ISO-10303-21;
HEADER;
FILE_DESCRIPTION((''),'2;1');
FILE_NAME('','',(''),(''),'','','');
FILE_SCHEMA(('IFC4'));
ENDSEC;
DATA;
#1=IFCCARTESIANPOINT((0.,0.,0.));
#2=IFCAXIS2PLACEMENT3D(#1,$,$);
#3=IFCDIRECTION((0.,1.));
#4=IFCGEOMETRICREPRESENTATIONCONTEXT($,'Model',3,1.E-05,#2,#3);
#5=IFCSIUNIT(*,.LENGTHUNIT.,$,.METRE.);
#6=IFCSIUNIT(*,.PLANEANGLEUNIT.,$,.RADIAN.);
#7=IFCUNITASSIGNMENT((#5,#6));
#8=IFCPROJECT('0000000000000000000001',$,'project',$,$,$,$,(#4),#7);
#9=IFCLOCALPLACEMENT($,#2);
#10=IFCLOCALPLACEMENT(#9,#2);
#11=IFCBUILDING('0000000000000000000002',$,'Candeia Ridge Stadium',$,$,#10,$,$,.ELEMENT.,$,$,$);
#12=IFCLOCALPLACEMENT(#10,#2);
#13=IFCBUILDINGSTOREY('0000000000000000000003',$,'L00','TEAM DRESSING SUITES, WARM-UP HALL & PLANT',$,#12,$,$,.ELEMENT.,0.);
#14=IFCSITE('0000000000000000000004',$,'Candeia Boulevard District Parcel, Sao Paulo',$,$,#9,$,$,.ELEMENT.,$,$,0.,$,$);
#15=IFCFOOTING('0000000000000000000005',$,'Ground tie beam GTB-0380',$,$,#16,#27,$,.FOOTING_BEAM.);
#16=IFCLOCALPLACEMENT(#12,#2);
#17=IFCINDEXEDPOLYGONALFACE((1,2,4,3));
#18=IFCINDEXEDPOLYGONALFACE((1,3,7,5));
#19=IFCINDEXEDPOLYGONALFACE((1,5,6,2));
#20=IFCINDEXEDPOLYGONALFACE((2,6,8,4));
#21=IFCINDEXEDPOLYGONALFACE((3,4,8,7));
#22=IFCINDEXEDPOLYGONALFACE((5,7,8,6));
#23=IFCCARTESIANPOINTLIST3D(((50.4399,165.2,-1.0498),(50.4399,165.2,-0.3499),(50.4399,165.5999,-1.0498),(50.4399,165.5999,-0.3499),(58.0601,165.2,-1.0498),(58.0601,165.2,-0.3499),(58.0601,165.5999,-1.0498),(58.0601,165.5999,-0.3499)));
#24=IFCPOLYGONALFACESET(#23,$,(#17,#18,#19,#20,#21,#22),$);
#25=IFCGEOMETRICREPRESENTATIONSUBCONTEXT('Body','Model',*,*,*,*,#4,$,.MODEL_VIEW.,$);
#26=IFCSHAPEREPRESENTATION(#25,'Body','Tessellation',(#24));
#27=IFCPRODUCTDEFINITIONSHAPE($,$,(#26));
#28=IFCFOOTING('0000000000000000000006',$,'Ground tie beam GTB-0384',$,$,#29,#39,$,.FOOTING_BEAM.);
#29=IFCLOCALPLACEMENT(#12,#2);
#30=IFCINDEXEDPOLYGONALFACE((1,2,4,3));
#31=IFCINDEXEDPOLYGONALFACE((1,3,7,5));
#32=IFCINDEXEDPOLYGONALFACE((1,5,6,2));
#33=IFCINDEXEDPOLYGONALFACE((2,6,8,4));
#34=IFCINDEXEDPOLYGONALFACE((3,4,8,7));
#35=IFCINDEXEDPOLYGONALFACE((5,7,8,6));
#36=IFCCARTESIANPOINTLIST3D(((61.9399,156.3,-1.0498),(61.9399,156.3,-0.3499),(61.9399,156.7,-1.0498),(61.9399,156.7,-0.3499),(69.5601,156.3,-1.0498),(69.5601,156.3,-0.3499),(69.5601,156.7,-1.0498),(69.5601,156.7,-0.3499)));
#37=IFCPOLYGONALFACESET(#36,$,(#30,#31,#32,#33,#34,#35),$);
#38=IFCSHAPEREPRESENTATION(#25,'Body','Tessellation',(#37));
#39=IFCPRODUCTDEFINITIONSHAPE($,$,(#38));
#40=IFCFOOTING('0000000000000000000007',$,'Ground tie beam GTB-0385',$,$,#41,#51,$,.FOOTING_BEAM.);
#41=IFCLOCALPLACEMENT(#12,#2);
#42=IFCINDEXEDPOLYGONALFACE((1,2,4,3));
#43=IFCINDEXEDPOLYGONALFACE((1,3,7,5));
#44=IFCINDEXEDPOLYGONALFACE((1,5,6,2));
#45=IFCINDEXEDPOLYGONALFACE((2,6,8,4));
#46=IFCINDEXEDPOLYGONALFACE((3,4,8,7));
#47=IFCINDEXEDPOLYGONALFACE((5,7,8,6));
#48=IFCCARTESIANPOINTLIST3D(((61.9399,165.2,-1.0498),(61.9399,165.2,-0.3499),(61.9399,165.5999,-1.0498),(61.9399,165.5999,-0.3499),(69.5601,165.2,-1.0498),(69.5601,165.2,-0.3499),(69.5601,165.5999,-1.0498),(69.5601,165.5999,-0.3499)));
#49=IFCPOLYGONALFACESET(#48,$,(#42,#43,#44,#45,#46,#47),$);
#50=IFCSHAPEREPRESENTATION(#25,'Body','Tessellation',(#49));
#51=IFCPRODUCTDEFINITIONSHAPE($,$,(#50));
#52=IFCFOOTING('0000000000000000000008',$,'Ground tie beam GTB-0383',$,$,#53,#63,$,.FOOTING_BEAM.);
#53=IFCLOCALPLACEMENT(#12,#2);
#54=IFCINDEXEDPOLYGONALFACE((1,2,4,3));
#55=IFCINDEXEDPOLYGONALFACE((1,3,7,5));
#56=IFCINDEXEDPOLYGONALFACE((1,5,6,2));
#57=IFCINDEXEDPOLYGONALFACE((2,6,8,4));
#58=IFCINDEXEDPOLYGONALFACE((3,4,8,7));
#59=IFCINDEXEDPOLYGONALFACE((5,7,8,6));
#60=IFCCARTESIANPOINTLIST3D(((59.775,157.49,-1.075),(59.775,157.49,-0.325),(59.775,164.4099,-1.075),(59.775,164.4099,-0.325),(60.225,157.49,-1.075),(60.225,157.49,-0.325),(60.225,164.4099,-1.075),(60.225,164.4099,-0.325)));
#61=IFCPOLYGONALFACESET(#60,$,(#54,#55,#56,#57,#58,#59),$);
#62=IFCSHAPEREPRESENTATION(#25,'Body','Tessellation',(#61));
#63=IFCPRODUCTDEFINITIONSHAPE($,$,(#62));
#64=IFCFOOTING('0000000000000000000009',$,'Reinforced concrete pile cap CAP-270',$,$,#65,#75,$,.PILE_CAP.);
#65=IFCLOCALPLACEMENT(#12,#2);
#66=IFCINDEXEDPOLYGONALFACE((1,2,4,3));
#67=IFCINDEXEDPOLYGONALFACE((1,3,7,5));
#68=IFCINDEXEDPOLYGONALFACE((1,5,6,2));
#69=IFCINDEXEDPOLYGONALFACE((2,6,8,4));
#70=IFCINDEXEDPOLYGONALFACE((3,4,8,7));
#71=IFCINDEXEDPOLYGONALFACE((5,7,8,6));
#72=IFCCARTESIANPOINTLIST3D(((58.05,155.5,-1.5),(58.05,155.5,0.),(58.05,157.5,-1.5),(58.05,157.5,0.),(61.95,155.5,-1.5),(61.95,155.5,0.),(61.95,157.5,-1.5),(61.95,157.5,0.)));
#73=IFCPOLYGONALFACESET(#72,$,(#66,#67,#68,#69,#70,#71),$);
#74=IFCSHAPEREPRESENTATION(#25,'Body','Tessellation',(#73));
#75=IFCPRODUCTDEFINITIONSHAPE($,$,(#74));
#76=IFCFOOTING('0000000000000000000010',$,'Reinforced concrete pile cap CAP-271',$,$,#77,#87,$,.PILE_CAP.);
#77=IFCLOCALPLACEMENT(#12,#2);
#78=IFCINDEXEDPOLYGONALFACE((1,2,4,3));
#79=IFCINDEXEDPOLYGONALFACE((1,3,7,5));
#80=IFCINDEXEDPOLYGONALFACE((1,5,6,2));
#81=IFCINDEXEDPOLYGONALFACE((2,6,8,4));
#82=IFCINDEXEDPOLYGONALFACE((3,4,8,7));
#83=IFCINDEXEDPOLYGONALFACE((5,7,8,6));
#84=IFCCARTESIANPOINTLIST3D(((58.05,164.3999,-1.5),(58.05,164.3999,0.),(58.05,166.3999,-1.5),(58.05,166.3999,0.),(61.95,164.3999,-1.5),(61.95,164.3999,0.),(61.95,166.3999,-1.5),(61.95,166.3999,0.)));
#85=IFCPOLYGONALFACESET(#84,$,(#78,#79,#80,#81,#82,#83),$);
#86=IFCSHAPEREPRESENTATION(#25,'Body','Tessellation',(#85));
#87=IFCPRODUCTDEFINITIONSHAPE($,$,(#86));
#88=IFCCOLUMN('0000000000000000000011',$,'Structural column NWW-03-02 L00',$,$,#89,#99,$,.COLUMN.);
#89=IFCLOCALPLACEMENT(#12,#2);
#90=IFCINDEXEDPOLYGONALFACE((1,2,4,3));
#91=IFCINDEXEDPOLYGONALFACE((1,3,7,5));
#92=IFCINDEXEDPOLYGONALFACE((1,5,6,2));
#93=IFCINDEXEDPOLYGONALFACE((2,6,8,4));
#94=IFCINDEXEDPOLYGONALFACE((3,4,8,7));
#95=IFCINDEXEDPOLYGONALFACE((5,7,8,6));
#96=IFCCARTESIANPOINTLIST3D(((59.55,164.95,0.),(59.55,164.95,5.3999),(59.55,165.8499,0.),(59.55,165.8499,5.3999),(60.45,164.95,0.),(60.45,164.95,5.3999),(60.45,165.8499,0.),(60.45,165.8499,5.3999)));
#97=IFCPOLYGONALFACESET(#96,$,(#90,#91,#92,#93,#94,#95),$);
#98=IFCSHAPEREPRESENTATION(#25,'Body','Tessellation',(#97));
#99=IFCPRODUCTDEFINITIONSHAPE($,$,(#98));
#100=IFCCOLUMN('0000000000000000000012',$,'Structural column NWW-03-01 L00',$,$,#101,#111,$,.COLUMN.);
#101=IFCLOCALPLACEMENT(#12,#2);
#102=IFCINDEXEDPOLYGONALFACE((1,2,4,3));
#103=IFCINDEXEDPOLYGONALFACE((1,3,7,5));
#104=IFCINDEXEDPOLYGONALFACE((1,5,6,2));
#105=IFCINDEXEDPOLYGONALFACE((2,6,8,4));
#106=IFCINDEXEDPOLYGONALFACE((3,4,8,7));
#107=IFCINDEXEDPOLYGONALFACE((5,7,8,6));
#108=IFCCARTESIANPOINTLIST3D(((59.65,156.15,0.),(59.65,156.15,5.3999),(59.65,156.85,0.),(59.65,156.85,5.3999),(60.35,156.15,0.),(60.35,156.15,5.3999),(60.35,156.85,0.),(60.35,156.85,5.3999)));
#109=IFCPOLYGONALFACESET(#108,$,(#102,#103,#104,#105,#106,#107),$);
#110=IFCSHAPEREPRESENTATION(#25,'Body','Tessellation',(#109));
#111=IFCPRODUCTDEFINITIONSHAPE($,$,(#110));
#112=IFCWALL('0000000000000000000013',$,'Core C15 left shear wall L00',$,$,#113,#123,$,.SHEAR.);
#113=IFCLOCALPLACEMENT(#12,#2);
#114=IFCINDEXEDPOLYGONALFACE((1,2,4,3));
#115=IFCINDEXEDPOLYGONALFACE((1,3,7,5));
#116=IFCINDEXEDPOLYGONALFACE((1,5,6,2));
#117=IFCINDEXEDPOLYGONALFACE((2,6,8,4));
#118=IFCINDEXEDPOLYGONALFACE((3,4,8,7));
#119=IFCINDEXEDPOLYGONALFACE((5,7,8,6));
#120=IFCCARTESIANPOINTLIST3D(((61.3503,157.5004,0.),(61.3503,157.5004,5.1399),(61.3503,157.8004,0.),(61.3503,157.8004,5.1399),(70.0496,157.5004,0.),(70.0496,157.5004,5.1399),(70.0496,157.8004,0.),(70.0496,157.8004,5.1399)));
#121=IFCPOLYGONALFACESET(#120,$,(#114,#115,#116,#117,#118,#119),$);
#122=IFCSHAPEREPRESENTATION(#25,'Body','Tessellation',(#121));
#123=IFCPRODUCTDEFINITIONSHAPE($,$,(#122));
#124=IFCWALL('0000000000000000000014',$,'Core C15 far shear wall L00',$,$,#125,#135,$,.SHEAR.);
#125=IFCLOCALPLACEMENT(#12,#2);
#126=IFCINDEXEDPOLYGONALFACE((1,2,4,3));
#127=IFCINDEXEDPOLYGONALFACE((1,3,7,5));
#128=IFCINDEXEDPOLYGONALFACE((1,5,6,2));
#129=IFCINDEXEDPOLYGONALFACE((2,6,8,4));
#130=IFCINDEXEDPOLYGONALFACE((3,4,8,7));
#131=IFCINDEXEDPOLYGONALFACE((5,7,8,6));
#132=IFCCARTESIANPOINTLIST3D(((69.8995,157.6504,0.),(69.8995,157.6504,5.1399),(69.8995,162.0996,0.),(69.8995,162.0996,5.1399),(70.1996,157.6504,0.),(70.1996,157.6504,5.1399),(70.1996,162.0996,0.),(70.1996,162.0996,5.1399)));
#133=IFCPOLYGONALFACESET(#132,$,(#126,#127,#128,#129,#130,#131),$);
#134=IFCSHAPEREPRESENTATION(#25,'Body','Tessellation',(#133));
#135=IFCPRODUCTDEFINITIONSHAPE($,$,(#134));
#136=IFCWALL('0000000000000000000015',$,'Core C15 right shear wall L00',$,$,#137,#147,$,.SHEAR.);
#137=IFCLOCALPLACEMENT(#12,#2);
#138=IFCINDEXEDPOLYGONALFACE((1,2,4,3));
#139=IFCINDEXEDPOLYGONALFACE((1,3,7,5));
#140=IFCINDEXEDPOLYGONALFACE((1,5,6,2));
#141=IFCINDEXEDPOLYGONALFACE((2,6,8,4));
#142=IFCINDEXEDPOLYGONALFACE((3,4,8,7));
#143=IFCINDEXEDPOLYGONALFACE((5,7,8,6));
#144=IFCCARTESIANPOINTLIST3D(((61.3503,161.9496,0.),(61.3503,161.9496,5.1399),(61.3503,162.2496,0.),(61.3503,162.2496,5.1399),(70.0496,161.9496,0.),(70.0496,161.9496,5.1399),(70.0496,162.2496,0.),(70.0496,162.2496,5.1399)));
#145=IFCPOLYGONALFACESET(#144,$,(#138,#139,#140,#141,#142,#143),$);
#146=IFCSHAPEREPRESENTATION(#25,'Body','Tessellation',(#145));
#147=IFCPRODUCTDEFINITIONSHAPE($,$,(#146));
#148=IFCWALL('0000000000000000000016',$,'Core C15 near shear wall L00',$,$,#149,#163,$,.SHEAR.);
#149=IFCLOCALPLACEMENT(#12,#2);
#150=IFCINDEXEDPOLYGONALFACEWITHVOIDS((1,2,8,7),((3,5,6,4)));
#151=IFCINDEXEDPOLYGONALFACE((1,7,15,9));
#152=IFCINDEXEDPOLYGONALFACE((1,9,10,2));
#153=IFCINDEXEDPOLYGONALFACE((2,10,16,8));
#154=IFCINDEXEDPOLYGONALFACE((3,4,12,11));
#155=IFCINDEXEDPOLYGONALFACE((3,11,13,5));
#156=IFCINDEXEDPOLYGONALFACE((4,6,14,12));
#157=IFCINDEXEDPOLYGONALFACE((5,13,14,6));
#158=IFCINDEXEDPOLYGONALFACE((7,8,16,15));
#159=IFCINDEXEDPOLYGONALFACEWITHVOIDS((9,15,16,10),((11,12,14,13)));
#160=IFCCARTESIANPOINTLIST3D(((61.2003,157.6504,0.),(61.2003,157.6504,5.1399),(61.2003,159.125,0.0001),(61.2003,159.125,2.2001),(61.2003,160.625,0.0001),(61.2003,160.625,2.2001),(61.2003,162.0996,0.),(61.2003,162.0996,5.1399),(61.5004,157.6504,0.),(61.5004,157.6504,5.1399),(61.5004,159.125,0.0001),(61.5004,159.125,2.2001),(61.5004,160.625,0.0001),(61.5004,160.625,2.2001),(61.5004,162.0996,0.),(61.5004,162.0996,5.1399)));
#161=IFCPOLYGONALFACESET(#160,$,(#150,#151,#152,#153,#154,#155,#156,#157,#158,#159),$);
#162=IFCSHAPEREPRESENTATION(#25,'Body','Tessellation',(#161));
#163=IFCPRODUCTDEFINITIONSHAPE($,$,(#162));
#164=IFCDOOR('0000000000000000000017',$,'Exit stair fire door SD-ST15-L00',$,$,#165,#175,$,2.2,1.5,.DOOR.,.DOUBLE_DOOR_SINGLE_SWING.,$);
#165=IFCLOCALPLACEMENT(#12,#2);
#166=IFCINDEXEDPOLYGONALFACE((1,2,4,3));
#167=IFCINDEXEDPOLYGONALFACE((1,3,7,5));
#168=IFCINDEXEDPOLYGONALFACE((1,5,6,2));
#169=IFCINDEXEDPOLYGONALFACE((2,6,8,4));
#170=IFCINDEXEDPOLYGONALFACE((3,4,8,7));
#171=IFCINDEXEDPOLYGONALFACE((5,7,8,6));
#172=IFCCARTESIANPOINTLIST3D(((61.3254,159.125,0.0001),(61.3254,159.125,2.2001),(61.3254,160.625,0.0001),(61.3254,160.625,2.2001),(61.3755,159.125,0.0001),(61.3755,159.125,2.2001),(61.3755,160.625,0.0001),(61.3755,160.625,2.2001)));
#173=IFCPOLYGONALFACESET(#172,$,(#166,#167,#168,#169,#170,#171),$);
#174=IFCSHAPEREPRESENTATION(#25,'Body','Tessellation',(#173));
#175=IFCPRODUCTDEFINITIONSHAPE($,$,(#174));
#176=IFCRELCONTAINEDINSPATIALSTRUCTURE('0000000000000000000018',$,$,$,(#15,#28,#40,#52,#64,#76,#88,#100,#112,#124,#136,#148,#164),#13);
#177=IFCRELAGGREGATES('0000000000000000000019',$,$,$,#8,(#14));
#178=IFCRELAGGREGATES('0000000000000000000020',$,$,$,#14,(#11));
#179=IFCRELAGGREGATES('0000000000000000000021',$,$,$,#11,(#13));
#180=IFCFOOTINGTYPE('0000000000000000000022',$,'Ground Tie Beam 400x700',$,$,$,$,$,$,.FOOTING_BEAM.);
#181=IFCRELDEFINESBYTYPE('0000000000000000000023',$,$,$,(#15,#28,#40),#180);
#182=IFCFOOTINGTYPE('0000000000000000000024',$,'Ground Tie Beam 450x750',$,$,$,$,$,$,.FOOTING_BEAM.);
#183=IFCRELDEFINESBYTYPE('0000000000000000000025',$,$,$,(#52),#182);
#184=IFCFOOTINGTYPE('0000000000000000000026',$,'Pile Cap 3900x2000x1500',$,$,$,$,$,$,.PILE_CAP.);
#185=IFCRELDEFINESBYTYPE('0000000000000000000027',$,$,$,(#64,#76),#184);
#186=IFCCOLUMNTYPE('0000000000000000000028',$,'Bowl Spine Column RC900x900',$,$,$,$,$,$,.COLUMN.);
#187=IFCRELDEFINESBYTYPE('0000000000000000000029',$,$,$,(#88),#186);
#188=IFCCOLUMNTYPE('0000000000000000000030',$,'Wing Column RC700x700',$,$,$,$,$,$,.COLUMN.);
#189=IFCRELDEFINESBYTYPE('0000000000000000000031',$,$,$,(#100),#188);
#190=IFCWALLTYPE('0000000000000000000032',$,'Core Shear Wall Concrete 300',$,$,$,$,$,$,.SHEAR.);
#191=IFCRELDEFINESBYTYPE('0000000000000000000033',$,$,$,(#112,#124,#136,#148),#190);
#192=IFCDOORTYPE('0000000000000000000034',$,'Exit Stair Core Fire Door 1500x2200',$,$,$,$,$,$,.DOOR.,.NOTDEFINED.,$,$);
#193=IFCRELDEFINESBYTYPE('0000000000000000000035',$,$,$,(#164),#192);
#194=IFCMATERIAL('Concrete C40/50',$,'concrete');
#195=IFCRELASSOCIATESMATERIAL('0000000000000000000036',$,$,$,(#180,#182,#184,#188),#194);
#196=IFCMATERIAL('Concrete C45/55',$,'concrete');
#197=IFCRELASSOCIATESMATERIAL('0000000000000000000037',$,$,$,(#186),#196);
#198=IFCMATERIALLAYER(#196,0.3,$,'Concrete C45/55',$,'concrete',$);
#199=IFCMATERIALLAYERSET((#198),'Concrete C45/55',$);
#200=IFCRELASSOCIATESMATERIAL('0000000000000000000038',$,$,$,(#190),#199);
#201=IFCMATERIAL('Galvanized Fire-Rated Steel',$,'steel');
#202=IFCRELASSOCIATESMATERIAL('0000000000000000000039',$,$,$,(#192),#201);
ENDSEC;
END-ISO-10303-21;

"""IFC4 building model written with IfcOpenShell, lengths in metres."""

from ifc_helpers import new_model, si_unit, direction, frame, frame_2d, origin, origin_2d, place, context, subcontext, project, spatial, rectangle, extrude, material, layer, layer_set, material_profile, profile_set, type_object, element, fill, save


model = new_model("IFC4")

# Units and contexts
model_context = context("Model", 3, precision=1e-05, world=origin(), true_north=direction((0.0, 1.0)))
body_context = subcontext(model_context, "Body", "Model", "MODEL_VIEW")
ifc_project = project(units=[si_unit("LENGTHUNIT", "METRE"), si_unit("PLANEANGLEUNIT", "RADIAN")], contexts=[model_context])

# Site, building, storey
site_placement = place(None, origin())
site = spatial("IfcSite", under=ifc_project, at=site_placement, Name="Candeia Boulevard District Parcel, Sao Paulo", CompositionType="ELEMENT", RefElevation=0.0)
building_placement = place(site_placement, origin())
building = spatial("IfcBuilding", under=site, at=building_placement, Name="Candeia Ridge Stadium", CompositionType="ELEMENT")
storey_placement = place(building_placement, origin())
storey = spatial("IfcBuildingStorey", under=building, at=storey_placement, Name="L00", Description="TEAM DRESSING SUITES, WARM-UP HALL & PLANT", CompositionType="ELEMENT", Elevation=0.0)

# Shared definitions
ifc_material_1 = material(Name="Concrete C40/50", Category="concrete")

# Footings
footing_type_1 = type_object("IfcFootingType", Name="Ground Tie Beam 400x700", PredefinedType="FOOTING_BEAM", material=ifc_material_1)
for number, where, z_axis, x_axis, name in (
    (1, (54.25, 165.3999, -1.0498), (0.0, 0.0, 1.0), (1.0, 0.0, 0.0), "Ground tie beam GTB-0380"),
    (2, (65.75, 156.5, -1.0498), (0.0, 0.0, 1.0), (1.0, 0.0, 0.0), "Ground tie beam GTB-0384"),
    (3, (65.75, 165.3999, -1.0498), (0.0, 0.0, 1.0), (1.0, 0.0, 0.0), "Ground tie beam GTB-0385"),
):
    element("IfcFooting", number, at=place(storey_placement, frame(where, z_axis=z_axis, x_axis=x_axis)), inside=storey, type_object=footing_type_1, Name=name, PredefinedType="FOOTING_BEAM", context=body_context, shape_type="SweptSolid", body=[
        extrude(rectangle(XDim=7.6201, YDim=0.3999, at=origin_2d()), origin(), (0.0, 0.0, 1.0), 0.7),
    ])
footing_type_2 = type_object("IfcFootingType", Name="Ground Tie Beam 450x750", PredefinedType="FOOTING_BEAM", material=ifc_material_1)
footing_placement = place(storey_placement, frame((60.0, 160.95, -1.075), z_axis=(0.0, 0.0, 1.0), x_axis=(0.0, 1.0, 0.0)))
element("IfcFooting", 4, at=footing_placement, inside=storey, type_object=footing_type_2, Name="Ground tie beam GTB-0383", PredefinedType="FOOTING_BEAM", context=body_context, shape_type="SweptSolid", body=[
    extrude(rectangle(XDim=6.9199, YDim=0.45, at=origin_2d()), origin(), (0.0, 0.0, 1.0), 0.75),
])
footing_type_3 = type_object("IfcFootingType", Name="Pile Cap 3900x2000x1500", PredefinedType="PILE_CAP", material=ifc_material_1)
for number, where, z_axis, x_axis, name in (
    (5, (60.0, 156.5, -1.5), (0.0, 0.0, 1.0), (1.0, 0.0, 0.0), "Reinforced concrete pile cap CAP-270"),
    (6, (60.0, 165.3999, -1.5), (0.0, 0.0, 1.0), (1.0, 0.0, 0.0), "Reinforced concrete pile cap CAP-271"),
):
    element("IfcFooting", number, at=place(storey_placement, frame(where, z_axis=z_axis, x_axis=x_axis)), inside=storey, type_object=footing_type_3, Name=name, PredefinedType="PILE_CAP", context=body_context, shape_type="SweptSolid", body=[
        extrude(rectangle(XDim=3.8999, YDim=2.0, at=origin_2d()), origin(), (0.0, 0.0, 1.0), 1.5),
    ])

# Columns
ifc_material_2 = material(Name="Concrete C45/55", Category="concrete")
ifc_material_profile_1 = material_profile(ifc_material_2, rectangle(XDim=0.8999, YDim=0.8999, at=origin_2d()), Name="RC900x900", Category="concrete")
ifc_profile_set_1 = profile_set([ifc_material_profile_1], Name="Concrete C45/55")
column_type_1 = type_object("IfcColumnType", Name="Bowl Spine Column RC900x900", PredefinedType="COLUMN", material=ifc_profile_set_1)
column_1_placement = place(storey_placement, frame((60.0, 165.3999, 0.0), z_axis=(0.0, 0.0, 1.0), x_axis=(1.0, 0.0, 0.0)))
element("IfcColumn", 7, at=column_1_placement, inside=storey, type_object=column_type_1, Name="Structural column NWW-03-02 L00", PredefinedType="COLUMN", context=body_context, shape_type="SweptSolid", body=[
    extrude(rectangle(XDim=0.8999, YDim=0.8999, at=origin_2d()), origin(), (0.0, 0.0, 1.0), 5.3999),
])
ifc_material_profile_2 = material_profile(ifc_material_1, rectangle(XDim=0.7, YDim=0.7, at=origin_2d()), Name="RC700x700", Category="concrete")
ifc_profile_set_2 = profile_set([ifc_material_profile_2], Name="Concrete C40/50")
column_type_2 = type_object("IfcColumnType", Name="Wing Column RC700x700", PredefinedType="COLUMN", material=ifc_profile_set_2)
column_2_placement = place(storey_placement, frame((60.0, 156.5, 0.0), z_axis=(0.0, 0.0, 1.0), x_axis=(1.0, 0.0, 0.0)))
element("IfcColumn", 8, at=column_2_placement, inside=storey, type_object=column_type_2, Name="Structural column NWW-03-01 L00", PredefinedType="COLUMN", context=body_context, shape_type="SweptSolid", body=[
    extrude(rectangle(XDim=0.7, YDim=0.7, at=origin_2d()), origin(), (0.0, 0.0, 1.0), 5.3999),
])

# Walls
ifc_layer_1 = layer(ifc_material_2, 0.3, Name="Concrete C45/55", Category="concrete")
ifc_layer_set_1 = layer_set([ifc_layer_1], Name="Concrete C45/55")
wall_type_1 = type_object("IfcWallType", Name="Core Shear Wall Concrete 300", PredefinedType="SHEAR", material=ifc_layer_set_1)
wall_1_placement = place(storey_placement, frame((61.3503, 157.6504, 0.0), z_axis=(0.0, 0.0, 1.0), x_axis=(1.0, 0.0, 0.0)))
element("IfcWall", 9, at=wall_1_placement, inside=storey, type_object=wall_type_1, Name="Core C15 left shear wall L00", PredefinedType="SHEAR", context=body_context, shape_type="SweptSolid", body=[
    extrude(rectangle(XDim=8.6992, YDim=0.3, at=frame_2d((4.3496, 0.0))), origin(), (0.0, 0.0, 1.0), 5.1399),
])
wall_2_placement = place(storey_placement, frame((70.0496, 157.6504, 0.0), z_axis=(0.0, 0.0, 1.0), x_axis=(0.0, 1.0, 0.0)))
element("IfcWall", 10, at=wall_2_placement, inside=storey, type_object=wall_type_1, Name="Core C15 far shear wall L00", PredefinedType="SHEAR", context=body_context, shape_type="SweptSolid", body=[
    extrude(rectangle(XDim=4.4492, YDim=0.3, at=frame_2d((2.2246, 0.0))), origin(), (0.0, 0.0, 1.0), 5.1399),
])
wall_3_placement = place(storey_placement, frame((70.0496, 162.0996, 0.0), z_axis=(0.0, 0.0, 1.0), x_axis=(-1.0, 0.0, 0.0)))
element("IfcWall", 11, at=wall_3_placement, inside=storey, type_object=wall_type_1, Name="Core C15 right shear wall L00", PredefinedType="SHEAR", context=body_context, shape_type="SweptSolid", body=[
    extrude(rectangle(XDim=8.6992, YDim=0.3, at=frame_2d((4.3496, 0.0))), origin(), (0.0, 0.0, 1.0), 5.1399),
])

# Wall, opening, door
wall_4_placement = place(storey_placement, frame((61.3503, 162.0996, 0.0), z_axis=(0.0, 0.0, 1.0), x_axis=(0.0, -1.0, 0.0)))
wall_4 = element("IfcWall", 12, at=wall_4_placement, inside=storey, type_object=wall_type_1, Name="Core C15 near shear wall L00", PredefinedType="SHEAR", context=body_context, shape_type="SweptSolid", body=[
    extrude(rectangle(XDim=4.4492, YDim=0.3, at=frame_2d((2.2246, 0.0))), origin(), (0.0, 0.0, 1.0), 5.1399),
])
opening_1_placement = place(wall_4_placement, frame((1.4746, 0.0, 0.0)))
opening_1 = element("IfcOpeningElement", 13, at=opening_1_placement, cuts=wall_4, PredefinedType="OPENING", context=body_context, shape_type="SweptSolid", body=[
    extrude(rectangle(XDim=1.5, YDim=2.2, at=frame_2d((0.75, 1.1001))), frame((0.0, 0.1599, 0.0), z_axis=(0.0, -1.0, 0.0), x_axis=(1.0, 0.0, 0.0)), (0.0, 0.0, 1.0), 0.3201),
])
ifc_material_3 = material(Name="Galvanized Fire-Rated Steel", Category="steel")
door_type_1 = type_object("IfcDoorType", Name="Exit Stair Core Fire Door 1500x2200", OperationType="NOTDEFINED", PredefinedType="DOOR", material=ifc_material_3)
door_1_placement = place(opening_1_placement, frame((1.5, 0.0, 0.0), z_axis=(0.0, 0.0, 1.0), x_axis=(-1.0, 0.0, 0.0)))
door_1 = element("IfcDoor", 14, at=door_1_placement, inside=storey, type_object=door_type_1, Name="Exit stair fire door SD-ST15-L00", OperationType="DOUBLE_DOOR_SINGLE_SWING", OverallHeight=2.2, OverallWidth=1.5, PredefinedType="DOOR", context=body_context, shape_type="SweptSolid", body=[
    extrude(rectangle(XDim=1.5, YDim=2.2, at=frame_2d((0.75, 1.1001))), frame((0.0, 0.0249, 0.0), z_axis=(0.0, -1.0, 0.0), x_axis=(1.0, 0.0, 0.0)), (0.0, 0.0, 1.0), 0.05),
])
fill(opening_1, door_1)

save(model, "model.ifc")
